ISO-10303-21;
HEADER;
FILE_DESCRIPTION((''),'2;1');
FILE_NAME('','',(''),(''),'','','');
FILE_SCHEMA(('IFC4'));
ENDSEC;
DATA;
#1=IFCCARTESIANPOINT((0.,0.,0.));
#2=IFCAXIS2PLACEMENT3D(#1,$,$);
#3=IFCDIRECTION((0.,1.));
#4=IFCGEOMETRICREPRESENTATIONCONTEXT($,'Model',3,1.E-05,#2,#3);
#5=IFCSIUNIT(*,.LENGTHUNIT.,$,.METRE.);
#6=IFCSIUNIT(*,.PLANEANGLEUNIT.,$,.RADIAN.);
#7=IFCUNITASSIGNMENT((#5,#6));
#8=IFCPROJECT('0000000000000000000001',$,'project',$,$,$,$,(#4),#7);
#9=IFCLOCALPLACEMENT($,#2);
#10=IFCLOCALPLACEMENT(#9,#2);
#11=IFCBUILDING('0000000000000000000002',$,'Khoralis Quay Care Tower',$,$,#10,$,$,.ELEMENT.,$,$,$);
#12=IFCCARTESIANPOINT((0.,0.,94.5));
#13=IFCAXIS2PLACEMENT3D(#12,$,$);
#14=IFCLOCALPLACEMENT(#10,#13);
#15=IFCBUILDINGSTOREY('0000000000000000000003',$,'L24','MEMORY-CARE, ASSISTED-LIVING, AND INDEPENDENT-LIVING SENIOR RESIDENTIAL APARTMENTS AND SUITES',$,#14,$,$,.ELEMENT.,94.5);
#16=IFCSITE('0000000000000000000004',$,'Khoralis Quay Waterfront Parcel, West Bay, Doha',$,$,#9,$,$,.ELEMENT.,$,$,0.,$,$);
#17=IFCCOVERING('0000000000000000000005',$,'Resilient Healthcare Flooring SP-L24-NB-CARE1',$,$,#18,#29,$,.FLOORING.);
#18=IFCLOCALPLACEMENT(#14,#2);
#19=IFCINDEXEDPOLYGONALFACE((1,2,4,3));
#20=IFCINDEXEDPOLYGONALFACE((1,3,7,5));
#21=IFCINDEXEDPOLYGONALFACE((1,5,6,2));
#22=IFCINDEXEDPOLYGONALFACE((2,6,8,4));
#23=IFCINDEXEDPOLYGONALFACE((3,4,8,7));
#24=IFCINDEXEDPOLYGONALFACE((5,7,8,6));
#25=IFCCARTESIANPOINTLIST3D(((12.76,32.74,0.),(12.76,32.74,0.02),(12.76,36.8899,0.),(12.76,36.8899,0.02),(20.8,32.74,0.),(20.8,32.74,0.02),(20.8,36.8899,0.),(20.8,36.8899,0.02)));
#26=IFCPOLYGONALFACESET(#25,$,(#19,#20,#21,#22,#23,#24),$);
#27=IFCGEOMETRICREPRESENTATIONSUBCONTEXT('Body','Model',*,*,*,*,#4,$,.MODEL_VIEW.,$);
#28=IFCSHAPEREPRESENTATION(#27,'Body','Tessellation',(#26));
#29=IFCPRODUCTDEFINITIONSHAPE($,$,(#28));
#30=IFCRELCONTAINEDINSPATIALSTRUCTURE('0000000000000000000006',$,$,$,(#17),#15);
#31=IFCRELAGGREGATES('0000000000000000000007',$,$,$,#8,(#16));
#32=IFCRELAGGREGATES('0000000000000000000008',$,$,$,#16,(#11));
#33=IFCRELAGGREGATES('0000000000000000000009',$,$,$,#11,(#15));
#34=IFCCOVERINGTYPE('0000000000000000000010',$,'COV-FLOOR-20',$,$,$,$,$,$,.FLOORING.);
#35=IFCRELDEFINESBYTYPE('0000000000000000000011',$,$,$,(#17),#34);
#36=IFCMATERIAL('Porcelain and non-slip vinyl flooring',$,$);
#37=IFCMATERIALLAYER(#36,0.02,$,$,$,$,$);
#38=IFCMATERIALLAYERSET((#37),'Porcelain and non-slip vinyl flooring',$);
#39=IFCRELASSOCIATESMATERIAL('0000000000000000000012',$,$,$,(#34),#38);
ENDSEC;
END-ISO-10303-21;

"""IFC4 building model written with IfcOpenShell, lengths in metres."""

from ifc_helpers import new_model, si_unit, direction, frame, origin, place, context, subcontext, project, spatial, polyline, outline, extrude, material, layer, layer_set, type_object, element, save


model = new_model("IFC4")

# Units and contexts
model_context = context("Model", 3, precision=1e-05, world=origin(), true_north=direction((0.0, 1.0)))
body_context = subcontext(model_context, "Body", "Model", "MODEL_VIEW")
ifc_project = project(units=[si_unit("LENGTHUNIT", "METRE"), si_unit("PLANEANGLEUNIT", "RADIAN")], contexts=[model_context])

# Site, building, storey
site_placement = place(None, origin())
site = spatial("IfcSite", under=ifc_project, at=site_placement, Name="Khoralis Quay Waterfront Parcel, West Bay, Doha", CompositionType="ELEMENT", RefElevation=0.0)
building_placement = place(site_placement, origin())
building = spatial("IfcBuilding", under=site, at=building_placement, Name="Khoralis Quay Care Tower", CompositionType="ELEMENT")
storey_placement = place(building_placement, frame((0.0, 0.0, 94.5)))
storey = spatial("IfcBuildingStorey", under=building, at=storey_placement, Name="L24", Description="MEMORY-CARE, ASSISTED-LIVING, AND INDEPENDENT-LIVING SENIOR RESIDENTIAL APARTMENTS AND SUITES", CompositionType="ELEMENT", Elevation=94.5)

# Covering
ifc_material_1 = material(Name="Porcelain and non-slip vinyl flooring")
ifc_layer_1 = layer(ifc_material_1, 0.02)
ifc_layer_set_1 = layer_set([ifc_layer_1], Name="Porcelain and non-slip vinyl flooring")
covering_type_1 = type_object("IfcCoveringType", Name="COV-FLOOR-20", PredefinedType="FLOORING", material=ifc_layer_set_1)
covering_1_placement = place(storey_placement, origin())
element("IfcCovering", 1, at=covering_1_placement, inside=storey, type_object=covering_type_1, Name="Resilient Healthcare Flooring SP-L24-NB-CARE1", PredefinedType="FLOORING", context=body_context, shape_type="SweptSolid", body=[
    extrude(outline(polyline([(12.76, 32.74), (20.8, 32.74), (20.8, 36.8899), (12.76, 36.8899), (12.76, 32.74)])), origin(), (0.0, 0.0, 1.0), 0.02),
])

save(model, "model.ifc")
